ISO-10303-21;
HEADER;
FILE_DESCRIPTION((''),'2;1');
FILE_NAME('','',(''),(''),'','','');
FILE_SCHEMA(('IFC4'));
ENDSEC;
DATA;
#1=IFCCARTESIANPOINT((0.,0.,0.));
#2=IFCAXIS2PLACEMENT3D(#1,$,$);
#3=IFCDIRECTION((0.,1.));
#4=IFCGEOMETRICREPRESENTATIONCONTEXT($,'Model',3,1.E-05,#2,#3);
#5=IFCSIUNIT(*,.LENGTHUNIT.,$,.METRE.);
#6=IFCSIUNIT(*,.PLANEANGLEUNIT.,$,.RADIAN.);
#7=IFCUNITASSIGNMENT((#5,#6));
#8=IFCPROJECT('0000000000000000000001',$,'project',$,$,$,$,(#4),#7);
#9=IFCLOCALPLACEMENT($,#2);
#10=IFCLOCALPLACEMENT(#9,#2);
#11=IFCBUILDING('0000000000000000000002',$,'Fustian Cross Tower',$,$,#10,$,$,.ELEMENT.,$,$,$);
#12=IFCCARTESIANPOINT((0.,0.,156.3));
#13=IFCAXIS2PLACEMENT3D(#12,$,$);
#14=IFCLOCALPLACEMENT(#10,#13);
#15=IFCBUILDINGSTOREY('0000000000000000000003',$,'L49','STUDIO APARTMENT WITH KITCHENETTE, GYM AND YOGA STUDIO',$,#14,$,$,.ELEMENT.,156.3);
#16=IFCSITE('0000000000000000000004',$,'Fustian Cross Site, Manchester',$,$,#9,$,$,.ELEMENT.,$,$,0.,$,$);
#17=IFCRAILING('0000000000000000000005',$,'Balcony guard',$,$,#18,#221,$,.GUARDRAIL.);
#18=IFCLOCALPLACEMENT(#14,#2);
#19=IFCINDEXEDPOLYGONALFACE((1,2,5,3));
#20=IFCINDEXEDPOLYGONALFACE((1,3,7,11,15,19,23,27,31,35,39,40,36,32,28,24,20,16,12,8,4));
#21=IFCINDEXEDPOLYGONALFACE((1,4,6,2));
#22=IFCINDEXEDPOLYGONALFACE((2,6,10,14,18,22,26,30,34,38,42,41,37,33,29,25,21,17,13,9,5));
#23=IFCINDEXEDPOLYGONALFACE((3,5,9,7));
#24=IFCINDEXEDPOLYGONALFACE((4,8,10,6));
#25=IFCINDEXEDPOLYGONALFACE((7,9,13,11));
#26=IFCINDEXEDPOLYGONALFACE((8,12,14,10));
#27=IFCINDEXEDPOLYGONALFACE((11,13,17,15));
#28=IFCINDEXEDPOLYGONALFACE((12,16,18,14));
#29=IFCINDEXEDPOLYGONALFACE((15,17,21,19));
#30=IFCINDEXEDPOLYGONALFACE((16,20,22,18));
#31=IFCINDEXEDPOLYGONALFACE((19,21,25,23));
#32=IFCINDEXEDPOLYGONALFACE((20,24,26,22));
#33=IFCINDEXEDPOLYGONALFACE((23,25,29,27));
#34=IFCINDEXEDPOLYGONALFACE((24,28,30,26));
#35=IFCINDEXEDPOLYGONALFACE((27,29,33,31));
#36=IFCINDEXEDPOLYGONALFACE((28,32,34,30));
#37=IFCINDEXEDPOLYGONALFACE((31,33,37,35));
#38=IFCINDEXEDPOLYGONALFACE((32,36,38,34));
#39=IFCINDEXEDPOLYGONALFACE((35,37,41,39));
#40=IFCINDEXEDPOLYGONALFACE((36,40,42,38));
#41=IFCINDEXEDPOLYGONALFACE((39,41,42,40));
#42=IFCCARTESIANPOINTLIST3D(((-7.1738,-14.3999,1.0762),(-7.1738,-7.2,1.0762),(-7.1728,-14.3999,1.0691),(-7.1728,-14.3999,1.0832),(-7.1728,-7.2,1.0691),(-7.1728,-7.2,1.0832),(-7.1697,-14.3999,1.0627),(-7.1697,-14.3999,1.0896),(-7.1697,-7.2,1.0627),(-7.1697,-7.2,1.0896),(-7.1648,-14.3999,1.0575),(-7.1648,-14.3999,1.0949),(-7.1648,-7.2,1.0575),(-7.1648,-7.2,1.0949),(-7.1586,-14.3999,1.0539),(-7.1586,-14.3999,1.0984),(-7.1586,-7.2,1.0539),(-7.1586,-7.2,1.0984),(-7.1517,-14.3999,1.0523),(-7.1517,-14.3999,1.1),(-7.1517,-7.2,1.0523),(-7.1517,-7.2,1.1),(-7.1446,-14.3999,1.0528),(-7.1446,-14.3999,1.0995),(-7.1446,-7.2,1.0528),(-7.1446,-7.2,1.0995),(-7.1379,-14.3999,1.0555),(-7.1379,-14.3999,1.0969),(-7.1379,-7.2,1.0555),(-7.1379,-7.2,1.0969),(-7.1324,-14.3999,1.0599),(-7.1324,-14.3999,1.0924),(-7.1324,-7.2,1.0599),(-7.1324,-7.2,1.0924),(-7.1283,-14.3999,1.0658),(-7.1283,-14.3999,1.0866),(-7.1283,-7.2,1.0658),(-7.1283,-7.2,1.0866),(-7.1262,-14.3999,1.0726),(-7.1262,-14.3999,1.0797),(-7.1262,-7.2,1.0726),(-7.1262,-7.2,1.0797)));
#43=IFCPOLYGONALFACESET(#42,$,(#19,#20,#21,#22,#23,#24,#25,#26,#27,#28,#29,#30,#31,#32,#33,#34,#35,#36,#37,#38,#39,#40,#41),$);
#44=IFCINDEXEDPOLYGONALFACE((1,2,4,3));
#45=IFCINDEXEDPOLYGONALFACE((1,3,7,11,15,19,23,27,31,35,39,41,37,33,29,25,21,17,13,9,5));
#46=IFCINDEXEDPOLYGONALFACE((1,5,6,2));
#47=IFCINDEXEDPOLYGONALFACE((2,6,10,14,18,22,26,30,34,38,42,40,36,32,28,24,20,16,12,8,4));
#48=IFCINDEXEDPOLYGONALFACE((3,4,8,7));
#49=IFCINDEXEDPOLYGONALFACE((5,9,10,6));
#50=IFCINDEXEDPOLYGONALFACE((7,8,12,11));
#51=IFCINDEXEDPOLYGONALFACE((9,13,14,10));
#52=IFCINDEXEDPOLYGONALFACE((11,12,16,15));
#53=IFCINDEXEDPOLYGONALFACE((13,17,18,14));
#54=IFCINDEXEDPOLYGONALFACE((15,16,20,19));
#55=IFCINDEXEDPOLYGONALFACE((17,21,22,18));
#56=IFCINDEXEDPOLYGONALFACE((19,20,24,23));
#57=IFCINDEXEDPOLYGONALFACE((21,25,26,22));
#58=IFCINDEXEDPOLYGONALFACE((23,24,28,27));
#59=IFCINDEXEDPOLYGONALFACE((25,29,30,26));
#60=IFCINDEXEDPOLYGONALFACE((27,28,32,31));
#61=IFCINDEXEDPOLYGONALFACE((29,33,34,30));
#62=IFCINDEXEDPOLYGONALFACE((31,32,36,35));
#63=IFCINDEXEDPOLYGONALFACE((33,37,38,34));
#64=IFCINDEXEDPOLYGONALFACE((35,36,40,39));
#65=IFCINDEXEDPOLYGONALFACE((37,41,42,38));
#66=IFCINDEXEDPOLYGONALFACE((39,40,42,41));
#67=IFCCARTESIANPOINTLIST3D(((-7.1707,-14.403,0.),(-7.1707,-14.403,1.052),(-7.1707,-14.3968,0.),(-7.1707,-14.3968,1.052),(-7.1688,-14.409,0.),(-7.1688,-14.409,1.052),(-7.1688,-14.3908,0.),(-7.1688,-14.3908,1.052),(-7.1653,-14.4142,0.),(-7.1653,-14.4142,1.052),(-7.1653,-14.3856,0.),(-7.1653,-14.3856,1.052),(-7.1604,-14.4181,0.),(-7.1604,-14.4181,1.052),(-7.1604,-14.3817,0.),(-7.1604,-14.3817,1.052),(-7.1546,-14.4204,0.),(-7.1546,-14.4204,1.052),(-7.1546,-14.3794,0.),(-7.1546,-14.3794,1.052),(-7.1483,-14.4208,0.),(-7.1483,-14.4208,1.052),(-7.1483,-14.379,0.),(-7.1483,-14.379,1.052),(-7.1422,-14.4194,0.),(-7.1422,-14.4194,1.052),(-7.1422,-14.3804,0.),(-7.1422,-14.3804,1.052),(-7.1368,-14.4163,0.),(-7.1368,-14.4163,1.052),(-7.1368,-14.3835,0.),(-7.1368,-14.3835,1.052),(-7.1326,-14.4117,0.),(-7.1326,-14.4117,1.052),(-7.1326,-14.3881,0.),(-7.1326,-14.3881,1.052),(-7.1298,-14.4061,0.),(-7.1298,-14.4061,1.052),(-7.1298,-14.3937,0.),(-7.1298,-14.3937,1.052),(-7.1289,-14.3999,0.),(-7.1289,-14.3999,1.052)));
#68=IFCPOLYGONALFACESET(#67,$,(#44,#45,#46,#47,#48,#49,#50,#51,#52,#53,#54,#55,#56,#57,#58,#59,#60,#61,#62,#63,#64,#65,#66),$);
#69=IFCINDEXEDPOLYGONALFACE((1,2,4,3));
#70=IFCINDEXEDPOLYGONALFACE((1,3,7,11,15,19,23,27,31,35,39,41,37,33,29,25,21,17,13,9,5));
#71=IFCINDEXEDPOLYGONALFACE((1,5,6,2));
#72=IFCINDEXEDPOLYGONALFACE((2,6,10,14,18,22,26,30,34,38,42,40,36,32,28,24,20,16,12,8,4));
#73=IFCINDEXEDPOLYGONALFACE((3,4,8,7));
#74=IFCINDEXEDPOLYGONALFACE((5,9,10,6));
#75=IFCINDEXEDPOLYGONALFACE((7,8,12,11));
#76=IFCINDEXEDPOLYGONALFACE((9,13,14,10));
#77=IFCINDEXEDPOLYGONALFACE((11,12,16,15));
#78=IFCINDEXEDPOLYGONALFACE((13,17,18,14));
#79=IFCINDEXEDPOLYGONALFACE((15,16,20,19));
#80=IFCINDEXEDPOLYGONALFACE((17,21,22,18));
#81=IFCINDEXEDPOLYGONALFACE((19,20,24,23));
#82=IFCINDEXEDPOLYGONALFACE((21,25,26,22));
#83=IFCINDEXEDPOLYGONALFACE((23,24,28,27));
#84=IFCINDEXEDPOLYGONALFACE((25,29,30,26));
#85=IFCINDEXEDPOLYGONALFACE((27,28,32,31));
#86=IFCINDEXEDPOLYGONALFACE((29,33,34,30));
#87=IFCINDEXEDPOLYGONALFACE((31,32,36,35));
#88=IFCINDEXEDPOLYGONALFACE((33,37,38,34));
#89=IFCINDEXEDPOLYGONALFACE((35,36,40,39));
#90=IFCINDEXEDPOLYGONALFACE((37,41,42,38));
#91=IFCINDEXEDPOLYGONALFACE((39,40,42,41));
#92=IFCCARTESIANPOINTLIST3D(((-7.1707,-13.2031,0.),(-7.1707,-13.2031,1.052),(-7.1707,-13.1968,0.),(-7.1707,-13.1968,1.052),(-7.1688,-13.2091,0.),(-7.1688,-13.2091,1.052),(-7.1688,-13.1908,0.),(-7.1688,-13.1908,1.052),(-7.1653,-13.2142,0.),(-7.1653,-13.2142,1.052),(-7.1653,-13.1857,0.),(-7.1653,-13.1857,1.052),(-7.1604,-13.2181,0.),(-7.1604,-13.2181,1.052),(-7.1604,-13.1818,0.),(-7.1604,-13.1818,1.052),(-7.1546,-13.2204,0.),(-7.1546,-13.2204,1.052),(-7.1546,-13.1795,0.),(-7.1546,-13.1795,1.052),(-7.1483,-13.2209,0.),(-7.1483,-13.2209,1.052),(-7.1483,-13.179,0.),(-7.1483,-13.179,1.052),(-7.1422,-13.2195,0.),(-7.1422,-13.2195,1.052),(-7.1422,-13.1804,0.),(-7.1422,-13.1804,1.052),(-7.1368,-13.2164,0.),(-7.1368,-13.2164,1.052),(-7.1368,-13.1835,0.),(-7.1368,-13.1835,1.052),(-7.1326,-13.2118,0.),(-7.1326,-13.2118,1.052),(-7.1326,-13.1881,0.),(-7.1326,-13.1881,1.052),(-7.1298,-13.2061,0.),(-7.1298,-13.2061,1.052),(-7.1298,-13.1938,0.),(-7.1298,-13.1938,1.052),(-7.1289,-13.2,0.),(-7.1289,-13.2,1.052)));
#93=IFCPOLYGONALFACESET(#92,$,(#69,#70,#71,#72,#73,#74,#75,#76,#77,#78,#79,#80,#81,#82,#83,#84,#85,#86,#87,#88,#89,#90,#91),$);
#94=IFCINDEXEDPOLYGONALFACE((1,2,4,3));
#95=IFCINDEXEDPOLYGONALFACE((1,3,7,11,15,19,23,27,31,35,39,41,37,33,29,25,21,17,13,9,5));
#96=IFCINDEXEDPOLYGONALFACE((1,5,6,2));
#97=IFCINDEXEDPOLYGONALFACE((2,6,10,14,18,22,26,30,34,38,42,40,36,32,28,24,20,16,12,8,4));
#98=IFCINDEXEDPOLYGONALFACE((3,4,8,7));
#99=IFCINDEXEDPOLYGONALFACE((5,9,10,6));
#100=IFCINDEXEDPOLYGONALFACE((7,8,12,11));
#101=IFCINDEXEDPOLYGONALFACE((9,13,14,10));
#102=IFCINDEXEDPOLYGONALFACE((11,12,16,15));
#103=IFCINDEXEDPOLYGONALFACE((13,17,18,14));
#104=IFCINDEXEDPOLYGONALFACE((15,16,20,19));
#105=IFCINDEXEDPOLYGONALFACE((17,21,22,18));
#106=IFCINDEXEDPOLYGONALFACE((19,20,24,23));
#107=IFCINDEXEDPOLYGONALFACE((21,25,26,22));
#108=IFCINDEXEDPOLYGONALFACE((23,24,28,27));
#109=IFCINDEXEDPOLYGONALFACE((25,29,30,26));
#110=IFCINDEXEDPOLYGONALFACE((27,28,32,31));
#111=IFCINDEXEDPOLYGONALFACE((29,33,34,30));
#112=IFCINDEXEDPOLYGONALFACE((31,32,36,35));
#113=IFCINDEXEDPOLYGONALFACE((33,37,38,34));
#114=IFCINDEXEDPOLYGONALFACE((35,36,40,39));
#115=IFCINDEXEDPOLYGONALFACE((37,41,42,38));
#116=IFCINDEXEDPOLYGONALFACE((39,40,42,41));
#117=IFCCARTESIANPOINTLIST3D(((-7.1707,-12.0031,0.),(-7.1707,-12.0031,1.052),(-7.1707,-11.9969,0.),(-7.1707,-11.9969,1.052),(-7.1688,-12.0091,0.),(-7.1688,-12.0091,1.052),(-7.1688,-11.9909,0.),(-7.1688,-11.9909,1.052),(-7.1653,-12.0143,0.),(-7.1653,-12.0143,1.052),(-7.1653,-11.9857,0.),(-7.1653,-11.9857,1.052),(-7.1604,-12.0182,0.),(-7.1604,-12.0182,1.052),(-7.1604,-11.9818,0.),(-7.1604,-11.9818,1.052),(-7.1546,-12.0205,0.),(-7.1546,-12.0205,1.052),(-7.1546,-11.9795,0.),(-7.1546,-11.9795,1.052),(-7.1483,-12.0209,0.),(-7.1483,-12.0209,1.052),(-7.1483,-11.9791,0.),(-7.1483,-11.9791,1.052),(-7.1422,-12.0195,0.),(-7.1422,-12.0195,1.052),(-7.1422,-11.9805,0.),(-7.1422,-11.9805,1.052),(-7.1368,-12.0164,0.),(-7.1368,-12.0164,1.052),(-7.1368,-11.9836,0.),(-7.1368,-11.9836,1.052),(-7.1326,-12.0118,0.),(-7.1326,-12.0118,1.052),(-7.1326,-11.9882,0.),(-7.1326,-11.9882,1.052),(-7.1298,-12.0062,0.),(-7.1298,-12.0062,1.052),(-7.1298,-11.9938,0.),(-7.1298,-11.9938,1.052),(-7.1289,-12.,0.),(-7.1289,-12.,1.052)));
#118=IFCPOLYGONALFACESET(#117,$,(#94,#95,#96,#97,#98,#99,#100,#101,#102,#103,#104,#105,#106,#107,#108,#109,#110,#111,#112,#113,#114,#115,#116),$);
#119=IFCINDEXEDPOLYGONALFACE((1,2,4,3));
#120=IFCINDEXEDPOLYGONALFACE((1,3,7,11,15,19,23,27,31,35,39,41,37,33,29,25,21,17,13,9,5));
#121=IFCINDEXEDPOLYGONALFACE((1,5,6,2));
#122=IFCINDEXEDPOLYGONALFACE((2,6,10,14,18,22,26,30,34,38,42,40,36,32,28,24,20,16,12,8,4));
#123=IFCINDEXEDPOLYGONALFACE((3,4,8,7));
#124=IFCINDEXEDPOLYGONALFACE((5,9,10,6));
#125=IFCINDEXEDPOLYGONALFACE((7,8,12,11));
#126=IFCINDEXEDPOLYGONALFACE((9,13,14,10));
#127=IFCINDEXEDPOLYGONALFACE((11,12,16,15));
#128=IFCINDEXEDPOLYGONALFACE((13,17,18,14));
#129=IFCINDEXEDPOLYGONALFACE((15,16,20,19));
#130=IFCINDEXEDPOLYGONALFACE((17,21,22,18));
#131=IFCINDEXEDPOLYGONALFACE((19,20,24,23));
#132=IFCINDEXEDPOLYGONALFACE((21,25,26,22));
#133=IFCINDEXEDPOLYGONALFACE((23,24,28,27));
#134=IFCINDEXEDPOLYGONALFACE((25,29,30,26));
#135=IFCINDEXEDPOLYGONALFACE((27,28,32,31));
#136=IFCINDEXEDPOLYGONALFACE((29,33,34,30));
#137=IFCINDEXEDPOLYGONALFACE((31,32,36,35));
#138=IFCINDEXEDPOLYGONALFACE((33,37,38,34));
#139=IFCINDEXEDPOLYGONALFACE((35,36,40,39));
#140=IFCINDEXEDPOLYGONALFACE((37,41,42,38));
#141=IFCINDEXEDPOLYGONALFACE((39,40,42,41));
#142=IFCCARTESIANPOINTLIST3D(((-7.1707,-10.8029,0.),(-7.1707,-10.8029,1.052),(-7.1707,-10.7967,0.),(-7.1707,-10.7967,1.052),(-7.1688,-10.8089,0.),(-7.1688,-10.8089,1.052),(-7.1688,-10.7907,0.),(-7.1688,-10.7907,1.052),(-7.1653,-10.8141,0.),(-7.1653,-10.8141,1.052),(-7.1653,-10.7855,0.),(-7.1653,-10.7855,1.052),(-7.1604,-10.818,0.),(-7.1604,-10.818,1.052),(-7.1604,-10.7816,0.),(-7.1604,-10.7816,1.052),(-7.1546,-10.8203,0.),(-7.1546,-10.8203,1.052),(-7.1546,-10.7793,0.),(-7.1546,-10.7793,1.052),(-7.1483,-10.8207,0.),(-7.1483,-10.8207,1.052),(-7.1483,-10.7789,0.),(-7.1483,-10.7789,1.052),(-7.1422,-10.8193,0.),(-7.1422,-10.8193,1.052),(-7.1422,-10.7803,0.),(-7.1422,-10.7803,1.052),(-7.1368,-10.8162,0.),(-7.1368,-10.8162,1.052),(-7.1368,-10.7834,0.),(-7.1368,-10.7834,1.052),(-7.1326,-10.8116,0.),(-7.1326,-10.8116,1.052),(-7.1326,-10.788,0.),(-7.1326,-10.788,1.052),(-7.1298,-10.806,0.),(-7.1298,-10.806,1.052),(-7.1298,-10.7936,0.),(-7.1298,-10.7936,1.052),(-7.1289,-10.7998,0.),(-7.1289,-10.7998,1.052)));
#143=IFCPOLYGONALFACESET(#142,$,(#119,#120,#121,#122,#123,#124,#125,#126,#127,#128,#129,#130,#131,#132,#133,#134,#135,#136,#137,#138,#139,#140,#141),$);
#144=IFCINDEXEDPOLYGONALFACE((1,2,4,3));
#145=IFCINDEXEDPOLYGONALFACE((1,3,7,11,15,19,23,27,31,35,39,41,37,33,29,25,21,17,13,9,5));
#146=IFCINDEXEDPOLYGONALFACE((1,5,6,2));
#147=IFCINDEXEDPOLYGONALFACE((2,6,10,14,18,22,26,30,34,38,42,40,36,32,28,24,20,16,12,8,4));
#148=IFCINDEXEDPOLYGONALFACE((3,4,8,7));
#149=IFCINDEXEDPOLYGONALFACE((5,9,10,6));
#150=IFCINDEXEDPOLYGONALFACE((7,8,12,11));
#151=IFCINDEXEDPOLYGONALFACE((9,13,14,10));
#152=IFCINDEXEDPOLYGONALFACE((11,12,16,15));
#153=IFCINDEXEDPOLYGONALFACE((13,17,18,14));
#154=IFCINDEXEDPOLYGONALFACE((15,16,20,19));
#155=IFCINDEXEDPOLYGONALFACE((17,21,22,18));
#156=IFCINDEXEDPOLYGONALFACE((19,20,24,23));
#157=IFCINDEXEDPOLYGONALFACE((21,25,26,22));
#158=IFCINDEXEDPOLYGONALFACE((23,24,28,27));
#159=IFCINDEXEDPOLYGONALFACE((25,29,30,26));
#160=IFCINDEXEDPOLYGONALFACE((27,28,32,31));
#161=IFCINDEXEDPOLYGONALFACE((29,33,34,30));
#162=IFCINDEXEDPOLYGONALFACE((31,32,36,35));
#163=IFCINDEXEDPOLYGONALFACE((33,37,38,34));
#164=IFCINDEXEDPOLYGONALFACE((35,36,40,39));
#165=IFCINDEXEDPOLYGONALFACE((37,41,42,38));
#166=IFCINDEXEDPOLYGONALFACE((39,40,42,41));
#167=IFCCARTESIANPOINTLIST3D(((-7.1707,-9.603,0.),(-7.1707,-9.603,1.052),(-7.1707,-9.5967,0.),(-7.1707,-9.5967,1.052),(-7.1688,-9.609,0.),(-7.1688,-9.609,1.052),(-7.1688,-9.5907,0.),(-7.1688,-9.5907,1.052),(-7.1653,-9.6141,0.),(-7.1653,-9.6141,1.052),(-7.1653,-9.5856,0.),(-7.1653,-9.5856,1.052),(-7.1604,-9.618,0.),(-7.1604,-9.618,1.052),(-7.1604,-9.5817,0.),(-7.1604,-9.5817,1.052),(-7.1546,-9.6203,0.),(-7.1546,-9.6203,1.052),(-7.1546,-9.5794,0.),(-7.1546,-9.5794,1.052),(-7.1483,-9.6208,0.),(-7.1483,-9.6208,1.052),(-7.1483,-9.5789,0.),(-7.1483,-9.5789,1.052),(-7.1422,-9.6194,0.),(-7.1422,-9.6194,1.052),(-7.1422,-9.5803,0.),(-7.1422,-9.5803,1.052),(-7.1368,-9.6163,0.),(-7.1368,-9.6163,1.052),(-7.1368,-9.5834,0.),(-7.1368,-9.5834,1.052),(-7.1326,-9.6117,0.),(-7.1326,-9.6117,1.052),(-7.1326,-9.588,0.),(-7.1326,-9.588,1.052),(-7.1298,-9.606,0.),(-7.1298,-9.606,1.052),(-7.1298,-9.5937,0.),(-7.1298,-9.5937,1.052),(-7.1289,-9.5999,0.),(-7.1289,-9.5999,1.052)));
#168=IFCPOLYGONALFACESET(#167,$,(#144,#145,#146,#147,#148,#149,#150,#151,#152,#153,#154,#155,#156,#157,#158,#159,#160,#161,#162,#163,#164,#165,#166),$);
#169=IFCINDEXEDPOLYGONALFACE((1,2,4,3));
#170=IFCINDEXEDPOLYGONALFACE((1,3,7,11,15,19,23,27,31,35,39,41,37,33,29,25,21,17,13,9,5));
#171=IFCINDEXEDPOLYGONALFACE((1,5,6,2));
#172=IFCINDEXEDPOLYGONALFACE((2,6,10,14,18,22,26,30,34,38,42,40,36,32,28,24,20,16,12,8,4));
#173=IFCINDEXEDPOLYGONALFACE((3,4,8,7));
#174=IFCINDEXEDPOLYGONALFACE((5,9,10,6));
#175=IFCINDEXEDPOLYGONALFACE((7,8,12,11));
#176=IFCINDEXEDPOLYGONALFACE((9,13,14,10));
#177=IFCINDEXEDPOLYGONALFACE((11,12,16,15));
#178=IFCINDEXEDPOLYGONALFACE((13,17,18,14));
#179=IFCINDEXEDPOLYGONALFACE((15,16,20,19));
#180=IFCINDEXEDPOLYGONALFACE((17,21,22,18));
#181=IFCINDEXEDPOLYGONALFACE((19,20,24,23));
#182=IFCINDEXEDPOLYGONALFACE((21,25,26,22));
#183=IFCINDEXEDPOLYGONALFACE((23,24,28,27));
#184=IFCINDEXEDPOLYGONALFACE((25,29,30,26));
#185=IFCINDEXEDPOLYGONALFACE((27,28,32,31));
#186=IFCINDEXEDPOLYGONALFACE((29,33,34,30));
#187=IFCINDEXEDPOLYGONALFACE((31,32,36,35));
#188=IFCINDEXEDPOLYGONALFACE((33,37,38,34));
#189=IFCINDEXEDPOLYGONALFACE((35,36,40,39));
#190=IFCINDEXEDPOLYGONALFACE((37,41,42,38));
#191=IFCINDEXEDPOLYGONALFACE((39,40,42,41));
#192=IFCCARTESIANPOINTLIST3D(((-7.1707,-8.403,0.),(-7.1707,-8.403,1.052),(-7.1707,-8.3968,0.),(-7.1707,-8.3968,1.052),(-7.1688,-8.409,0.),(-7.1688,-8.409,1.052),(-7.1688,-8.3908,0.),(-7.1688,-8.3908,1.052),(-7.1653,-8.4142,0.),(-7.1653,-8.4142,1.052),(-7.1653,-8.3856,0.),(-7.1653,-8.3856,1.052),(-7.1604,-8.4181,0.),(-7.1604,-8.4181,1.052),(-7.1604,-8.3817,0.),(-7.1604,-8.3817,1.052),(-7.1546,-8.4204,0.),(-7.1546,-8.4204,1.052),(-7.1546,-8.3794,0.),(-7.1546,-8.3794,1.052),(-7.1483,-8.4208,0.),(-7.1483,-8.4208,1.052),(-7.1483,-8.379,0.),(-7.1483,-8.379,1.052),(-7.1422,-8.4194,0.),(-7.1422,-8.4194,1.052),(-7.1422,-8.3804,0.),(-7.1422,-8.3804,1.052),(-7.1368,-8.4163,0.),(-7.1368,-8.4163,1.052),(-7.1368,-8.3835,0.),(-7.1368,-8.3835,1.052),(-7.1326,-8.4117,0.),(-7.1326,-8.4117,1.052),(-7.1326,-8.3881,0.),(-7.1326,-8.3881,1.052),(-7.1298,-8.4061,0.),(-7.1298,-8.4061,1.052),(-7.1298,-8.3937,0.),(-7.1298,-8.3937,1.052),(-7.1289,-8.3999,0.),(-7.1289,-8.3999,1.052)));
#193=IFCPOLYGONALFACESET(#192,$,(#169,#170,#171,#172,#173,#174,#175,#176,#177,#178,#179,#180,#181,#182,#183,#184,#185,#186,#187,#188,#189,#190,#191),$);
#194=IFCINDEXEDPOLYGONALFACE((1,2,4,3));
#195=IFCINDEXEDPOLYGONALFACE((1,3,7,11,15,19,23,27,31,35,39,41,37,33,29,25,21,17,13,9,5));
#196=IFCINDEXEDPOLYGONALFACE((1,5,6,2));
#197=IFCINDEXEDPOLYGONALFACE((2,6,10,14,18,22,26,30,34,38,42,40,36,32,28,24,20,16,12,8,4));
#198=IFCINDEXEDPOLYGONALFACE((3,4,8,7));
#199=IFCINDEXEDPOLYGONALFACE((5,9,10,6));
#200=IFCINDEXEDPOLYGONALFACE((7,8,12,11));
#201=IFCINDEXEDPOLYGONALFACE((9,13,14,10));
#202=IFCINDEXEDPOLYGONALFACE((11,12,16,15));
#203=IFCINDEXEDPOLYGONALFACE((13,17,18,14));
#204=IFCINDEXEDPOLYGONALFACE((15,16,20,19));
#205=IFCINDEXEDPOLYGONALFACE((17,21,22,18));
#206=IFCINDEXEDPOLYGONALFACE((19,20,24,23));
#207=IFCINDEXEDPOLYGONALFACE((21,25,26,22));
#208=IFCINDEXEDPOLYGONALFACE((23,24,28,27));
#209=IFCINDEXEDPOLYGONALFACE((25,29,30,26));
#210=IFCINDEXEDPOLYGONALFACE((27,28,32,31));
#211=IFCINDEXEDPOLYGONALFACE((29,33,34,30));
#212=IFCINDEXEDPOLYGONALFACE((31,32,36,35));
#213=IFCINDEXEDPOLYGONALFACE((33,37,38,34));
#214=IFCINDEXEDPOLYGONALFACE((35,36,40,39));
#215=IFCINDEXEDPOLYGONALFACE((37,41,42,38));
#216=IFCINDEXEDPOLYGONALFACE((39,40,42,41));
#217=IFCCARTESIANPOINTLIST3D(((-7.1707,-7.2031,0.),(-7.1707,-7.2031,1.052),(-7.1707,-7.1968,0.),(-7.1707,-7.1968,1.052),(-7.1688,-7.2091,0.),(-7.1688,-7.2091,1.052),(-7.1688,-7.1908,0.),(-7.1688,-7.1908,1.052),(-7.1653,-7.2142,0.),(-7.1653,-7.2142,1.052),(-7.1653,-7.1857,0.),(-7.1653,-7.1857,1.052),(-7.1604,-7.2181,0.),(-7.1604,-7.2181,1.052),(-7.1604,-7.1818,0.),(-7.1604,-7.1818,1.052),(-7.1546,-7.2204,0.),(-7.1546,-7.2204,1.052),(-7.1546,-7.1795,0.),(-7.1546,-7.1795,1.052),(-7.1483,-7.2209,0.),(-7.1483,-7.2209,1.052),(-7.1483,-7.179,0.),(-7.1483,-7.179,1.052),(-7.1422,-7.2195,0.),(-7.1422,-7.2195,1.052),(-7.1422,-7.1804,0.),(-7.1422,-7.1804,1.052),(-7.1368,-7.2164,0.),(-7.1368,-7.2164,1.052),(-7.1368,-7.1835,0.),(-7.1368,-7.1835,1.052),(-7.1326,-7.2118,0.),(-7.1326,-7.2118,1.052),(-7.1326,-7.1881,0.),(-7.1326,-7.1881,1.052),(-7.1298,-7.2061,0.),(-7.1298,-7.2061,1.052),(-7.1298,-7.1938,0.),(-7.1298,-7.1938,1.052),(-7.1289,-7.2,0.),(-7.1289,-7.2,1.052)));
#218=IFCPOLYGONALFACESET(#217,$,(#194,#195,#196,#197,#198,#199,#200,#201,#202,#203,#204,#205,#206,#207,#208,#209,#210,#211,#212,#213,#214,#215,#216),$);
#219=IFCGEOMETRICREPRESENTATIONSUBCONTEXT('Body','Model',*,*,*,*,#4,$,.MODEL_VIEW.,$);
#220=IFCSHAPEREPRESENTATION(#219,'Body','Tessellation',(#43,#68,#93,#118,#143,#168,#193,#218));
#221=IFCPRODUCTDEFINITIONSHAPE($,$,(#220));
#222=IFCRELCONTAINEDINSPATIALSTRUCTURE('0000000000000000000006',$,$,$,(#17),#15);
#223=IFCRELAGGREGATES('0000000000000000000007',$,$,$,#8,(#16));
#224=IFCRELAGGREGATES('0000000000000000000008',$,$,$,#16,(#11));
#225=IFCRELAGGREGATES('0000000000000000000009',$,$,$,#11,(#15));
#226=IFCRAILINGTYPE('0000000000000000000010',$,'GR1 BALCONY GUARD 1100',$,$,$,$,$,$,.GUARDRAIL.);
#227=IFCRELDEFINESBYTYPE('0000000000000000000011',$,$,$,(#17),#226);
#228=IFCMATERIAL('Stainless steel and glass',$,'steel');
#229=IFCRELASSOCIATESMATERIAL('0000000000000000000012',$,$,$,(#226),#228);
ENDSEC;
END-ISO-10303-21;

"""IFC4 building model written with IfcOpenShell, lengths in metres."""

from ifc_helpers import new_model, si_unit, direction, frame, origin, origin_2d, place, context, subcontext, project, spatial, circle, extrude, material, type_object, element, save


model = new_model("IFC4")

# Units and contexts
model_context = context("Model", 3, precision=1e-05, world=origin(), true_north=direction((0.0, 1.0)))
body_context = subcontext(model_context, "Body", "Model", "MODEL_VIEW")
ifc_project = project(units=[si_unit("LENGTHUNIT", "METRE"), si_unit("PLANEANGLEUNIT", "RADIAN")], contexts=[model_context])

# Site, building, storey
site_placement = place(None, origin())
site = spatial("IfcSite", under=ifc_project, at=site_placement, Name="Fustian Cross Site, Manchester", CompositionType="ELEMENT", RefElevation=0.0)
building_placement = place(site_placement, origin())
building = spatial("IfcBuilding", under=site, at=building_placement, Name="Fustian Cross Tower", CompositionType="ELEMENT")
storey_placement = place(building_placement, frame((0.0, 0.0, 156.3)))
storey = spatial("IfcBuildingStorey", under=building, at=storey_placement, Name="L49", Description="STUDIO APARTMENT WITH KITCHENETTE, GYM AND YOGA STUDIO", CompositionType="ELEMENT", Elevation=156.3)

# Railing
ifc_material_1 = material(Name="Stainless steel and glass", Category="steel")
railing_type = type_object("IfcRailingType", Name="GR1 BALCONY GUARD 1100", PredefinedType="GUARDRAIL", material=ifc_material_1)
railing_placement = place(storey_placement, frame((-7.1499, -14.3999, 0.0)))
element("IfcRailing", 1, at=railing_placement, inside=storey, type_object=railing_type, Name="Balcony guard", PredefinedType="GUARDRAIL", context=body_context, shape_type="SweptSolid", body=[
    extrude(circle(Radius=0.0239, at=origin_2d()), frame((0.0, 0.0, 1.0762), z_axis=(0.0, 1.0, 0.0), x_axis=(-1.0, 0.0, 0.0)), (0.0, 0.0, 1.0), 7.2),
    extrude(circle(Radius=0.021, at=origin_2d()), origin(), (0.0, 0.0, 1.0), 1.052),
    extrude(circle(Radius=0.021, at=origin_2d()), frame((0.0, 1.2, 0.0)), (0.0, 0.0, 1.0), 1.052),
    extrude(circle(Radius=0.021, at=origin_2d()), frame((0.0, 2.3999, 0.0)), (0.0, 0.0, 1.0), 1.052),
    extrude(circle(Radius=0.021, at=origin_2d()), frame((0.0, 3.6001, 0.0)), (0.0, 0.0, 1.0), 1.052),
    extrude(circle(Radius=0.021, at=origin_2d()), frame((0.0, 4.8, 0.0)), (0.0, 0.0, 1.0), 1.052),
    extrude(circle(Radius=0.021, at=origin_2d()), frame((0.0, 6.0, 0.0)), (0.0, 0.0, 1.0), 1.052),
    extrude(circle(Radius=0.021, at=origin_2d()), frame((0.0, 7.2, 0.0)), (0.0, 0.0, 1.0), 1.052),
])

save(model, "model.ifc")
